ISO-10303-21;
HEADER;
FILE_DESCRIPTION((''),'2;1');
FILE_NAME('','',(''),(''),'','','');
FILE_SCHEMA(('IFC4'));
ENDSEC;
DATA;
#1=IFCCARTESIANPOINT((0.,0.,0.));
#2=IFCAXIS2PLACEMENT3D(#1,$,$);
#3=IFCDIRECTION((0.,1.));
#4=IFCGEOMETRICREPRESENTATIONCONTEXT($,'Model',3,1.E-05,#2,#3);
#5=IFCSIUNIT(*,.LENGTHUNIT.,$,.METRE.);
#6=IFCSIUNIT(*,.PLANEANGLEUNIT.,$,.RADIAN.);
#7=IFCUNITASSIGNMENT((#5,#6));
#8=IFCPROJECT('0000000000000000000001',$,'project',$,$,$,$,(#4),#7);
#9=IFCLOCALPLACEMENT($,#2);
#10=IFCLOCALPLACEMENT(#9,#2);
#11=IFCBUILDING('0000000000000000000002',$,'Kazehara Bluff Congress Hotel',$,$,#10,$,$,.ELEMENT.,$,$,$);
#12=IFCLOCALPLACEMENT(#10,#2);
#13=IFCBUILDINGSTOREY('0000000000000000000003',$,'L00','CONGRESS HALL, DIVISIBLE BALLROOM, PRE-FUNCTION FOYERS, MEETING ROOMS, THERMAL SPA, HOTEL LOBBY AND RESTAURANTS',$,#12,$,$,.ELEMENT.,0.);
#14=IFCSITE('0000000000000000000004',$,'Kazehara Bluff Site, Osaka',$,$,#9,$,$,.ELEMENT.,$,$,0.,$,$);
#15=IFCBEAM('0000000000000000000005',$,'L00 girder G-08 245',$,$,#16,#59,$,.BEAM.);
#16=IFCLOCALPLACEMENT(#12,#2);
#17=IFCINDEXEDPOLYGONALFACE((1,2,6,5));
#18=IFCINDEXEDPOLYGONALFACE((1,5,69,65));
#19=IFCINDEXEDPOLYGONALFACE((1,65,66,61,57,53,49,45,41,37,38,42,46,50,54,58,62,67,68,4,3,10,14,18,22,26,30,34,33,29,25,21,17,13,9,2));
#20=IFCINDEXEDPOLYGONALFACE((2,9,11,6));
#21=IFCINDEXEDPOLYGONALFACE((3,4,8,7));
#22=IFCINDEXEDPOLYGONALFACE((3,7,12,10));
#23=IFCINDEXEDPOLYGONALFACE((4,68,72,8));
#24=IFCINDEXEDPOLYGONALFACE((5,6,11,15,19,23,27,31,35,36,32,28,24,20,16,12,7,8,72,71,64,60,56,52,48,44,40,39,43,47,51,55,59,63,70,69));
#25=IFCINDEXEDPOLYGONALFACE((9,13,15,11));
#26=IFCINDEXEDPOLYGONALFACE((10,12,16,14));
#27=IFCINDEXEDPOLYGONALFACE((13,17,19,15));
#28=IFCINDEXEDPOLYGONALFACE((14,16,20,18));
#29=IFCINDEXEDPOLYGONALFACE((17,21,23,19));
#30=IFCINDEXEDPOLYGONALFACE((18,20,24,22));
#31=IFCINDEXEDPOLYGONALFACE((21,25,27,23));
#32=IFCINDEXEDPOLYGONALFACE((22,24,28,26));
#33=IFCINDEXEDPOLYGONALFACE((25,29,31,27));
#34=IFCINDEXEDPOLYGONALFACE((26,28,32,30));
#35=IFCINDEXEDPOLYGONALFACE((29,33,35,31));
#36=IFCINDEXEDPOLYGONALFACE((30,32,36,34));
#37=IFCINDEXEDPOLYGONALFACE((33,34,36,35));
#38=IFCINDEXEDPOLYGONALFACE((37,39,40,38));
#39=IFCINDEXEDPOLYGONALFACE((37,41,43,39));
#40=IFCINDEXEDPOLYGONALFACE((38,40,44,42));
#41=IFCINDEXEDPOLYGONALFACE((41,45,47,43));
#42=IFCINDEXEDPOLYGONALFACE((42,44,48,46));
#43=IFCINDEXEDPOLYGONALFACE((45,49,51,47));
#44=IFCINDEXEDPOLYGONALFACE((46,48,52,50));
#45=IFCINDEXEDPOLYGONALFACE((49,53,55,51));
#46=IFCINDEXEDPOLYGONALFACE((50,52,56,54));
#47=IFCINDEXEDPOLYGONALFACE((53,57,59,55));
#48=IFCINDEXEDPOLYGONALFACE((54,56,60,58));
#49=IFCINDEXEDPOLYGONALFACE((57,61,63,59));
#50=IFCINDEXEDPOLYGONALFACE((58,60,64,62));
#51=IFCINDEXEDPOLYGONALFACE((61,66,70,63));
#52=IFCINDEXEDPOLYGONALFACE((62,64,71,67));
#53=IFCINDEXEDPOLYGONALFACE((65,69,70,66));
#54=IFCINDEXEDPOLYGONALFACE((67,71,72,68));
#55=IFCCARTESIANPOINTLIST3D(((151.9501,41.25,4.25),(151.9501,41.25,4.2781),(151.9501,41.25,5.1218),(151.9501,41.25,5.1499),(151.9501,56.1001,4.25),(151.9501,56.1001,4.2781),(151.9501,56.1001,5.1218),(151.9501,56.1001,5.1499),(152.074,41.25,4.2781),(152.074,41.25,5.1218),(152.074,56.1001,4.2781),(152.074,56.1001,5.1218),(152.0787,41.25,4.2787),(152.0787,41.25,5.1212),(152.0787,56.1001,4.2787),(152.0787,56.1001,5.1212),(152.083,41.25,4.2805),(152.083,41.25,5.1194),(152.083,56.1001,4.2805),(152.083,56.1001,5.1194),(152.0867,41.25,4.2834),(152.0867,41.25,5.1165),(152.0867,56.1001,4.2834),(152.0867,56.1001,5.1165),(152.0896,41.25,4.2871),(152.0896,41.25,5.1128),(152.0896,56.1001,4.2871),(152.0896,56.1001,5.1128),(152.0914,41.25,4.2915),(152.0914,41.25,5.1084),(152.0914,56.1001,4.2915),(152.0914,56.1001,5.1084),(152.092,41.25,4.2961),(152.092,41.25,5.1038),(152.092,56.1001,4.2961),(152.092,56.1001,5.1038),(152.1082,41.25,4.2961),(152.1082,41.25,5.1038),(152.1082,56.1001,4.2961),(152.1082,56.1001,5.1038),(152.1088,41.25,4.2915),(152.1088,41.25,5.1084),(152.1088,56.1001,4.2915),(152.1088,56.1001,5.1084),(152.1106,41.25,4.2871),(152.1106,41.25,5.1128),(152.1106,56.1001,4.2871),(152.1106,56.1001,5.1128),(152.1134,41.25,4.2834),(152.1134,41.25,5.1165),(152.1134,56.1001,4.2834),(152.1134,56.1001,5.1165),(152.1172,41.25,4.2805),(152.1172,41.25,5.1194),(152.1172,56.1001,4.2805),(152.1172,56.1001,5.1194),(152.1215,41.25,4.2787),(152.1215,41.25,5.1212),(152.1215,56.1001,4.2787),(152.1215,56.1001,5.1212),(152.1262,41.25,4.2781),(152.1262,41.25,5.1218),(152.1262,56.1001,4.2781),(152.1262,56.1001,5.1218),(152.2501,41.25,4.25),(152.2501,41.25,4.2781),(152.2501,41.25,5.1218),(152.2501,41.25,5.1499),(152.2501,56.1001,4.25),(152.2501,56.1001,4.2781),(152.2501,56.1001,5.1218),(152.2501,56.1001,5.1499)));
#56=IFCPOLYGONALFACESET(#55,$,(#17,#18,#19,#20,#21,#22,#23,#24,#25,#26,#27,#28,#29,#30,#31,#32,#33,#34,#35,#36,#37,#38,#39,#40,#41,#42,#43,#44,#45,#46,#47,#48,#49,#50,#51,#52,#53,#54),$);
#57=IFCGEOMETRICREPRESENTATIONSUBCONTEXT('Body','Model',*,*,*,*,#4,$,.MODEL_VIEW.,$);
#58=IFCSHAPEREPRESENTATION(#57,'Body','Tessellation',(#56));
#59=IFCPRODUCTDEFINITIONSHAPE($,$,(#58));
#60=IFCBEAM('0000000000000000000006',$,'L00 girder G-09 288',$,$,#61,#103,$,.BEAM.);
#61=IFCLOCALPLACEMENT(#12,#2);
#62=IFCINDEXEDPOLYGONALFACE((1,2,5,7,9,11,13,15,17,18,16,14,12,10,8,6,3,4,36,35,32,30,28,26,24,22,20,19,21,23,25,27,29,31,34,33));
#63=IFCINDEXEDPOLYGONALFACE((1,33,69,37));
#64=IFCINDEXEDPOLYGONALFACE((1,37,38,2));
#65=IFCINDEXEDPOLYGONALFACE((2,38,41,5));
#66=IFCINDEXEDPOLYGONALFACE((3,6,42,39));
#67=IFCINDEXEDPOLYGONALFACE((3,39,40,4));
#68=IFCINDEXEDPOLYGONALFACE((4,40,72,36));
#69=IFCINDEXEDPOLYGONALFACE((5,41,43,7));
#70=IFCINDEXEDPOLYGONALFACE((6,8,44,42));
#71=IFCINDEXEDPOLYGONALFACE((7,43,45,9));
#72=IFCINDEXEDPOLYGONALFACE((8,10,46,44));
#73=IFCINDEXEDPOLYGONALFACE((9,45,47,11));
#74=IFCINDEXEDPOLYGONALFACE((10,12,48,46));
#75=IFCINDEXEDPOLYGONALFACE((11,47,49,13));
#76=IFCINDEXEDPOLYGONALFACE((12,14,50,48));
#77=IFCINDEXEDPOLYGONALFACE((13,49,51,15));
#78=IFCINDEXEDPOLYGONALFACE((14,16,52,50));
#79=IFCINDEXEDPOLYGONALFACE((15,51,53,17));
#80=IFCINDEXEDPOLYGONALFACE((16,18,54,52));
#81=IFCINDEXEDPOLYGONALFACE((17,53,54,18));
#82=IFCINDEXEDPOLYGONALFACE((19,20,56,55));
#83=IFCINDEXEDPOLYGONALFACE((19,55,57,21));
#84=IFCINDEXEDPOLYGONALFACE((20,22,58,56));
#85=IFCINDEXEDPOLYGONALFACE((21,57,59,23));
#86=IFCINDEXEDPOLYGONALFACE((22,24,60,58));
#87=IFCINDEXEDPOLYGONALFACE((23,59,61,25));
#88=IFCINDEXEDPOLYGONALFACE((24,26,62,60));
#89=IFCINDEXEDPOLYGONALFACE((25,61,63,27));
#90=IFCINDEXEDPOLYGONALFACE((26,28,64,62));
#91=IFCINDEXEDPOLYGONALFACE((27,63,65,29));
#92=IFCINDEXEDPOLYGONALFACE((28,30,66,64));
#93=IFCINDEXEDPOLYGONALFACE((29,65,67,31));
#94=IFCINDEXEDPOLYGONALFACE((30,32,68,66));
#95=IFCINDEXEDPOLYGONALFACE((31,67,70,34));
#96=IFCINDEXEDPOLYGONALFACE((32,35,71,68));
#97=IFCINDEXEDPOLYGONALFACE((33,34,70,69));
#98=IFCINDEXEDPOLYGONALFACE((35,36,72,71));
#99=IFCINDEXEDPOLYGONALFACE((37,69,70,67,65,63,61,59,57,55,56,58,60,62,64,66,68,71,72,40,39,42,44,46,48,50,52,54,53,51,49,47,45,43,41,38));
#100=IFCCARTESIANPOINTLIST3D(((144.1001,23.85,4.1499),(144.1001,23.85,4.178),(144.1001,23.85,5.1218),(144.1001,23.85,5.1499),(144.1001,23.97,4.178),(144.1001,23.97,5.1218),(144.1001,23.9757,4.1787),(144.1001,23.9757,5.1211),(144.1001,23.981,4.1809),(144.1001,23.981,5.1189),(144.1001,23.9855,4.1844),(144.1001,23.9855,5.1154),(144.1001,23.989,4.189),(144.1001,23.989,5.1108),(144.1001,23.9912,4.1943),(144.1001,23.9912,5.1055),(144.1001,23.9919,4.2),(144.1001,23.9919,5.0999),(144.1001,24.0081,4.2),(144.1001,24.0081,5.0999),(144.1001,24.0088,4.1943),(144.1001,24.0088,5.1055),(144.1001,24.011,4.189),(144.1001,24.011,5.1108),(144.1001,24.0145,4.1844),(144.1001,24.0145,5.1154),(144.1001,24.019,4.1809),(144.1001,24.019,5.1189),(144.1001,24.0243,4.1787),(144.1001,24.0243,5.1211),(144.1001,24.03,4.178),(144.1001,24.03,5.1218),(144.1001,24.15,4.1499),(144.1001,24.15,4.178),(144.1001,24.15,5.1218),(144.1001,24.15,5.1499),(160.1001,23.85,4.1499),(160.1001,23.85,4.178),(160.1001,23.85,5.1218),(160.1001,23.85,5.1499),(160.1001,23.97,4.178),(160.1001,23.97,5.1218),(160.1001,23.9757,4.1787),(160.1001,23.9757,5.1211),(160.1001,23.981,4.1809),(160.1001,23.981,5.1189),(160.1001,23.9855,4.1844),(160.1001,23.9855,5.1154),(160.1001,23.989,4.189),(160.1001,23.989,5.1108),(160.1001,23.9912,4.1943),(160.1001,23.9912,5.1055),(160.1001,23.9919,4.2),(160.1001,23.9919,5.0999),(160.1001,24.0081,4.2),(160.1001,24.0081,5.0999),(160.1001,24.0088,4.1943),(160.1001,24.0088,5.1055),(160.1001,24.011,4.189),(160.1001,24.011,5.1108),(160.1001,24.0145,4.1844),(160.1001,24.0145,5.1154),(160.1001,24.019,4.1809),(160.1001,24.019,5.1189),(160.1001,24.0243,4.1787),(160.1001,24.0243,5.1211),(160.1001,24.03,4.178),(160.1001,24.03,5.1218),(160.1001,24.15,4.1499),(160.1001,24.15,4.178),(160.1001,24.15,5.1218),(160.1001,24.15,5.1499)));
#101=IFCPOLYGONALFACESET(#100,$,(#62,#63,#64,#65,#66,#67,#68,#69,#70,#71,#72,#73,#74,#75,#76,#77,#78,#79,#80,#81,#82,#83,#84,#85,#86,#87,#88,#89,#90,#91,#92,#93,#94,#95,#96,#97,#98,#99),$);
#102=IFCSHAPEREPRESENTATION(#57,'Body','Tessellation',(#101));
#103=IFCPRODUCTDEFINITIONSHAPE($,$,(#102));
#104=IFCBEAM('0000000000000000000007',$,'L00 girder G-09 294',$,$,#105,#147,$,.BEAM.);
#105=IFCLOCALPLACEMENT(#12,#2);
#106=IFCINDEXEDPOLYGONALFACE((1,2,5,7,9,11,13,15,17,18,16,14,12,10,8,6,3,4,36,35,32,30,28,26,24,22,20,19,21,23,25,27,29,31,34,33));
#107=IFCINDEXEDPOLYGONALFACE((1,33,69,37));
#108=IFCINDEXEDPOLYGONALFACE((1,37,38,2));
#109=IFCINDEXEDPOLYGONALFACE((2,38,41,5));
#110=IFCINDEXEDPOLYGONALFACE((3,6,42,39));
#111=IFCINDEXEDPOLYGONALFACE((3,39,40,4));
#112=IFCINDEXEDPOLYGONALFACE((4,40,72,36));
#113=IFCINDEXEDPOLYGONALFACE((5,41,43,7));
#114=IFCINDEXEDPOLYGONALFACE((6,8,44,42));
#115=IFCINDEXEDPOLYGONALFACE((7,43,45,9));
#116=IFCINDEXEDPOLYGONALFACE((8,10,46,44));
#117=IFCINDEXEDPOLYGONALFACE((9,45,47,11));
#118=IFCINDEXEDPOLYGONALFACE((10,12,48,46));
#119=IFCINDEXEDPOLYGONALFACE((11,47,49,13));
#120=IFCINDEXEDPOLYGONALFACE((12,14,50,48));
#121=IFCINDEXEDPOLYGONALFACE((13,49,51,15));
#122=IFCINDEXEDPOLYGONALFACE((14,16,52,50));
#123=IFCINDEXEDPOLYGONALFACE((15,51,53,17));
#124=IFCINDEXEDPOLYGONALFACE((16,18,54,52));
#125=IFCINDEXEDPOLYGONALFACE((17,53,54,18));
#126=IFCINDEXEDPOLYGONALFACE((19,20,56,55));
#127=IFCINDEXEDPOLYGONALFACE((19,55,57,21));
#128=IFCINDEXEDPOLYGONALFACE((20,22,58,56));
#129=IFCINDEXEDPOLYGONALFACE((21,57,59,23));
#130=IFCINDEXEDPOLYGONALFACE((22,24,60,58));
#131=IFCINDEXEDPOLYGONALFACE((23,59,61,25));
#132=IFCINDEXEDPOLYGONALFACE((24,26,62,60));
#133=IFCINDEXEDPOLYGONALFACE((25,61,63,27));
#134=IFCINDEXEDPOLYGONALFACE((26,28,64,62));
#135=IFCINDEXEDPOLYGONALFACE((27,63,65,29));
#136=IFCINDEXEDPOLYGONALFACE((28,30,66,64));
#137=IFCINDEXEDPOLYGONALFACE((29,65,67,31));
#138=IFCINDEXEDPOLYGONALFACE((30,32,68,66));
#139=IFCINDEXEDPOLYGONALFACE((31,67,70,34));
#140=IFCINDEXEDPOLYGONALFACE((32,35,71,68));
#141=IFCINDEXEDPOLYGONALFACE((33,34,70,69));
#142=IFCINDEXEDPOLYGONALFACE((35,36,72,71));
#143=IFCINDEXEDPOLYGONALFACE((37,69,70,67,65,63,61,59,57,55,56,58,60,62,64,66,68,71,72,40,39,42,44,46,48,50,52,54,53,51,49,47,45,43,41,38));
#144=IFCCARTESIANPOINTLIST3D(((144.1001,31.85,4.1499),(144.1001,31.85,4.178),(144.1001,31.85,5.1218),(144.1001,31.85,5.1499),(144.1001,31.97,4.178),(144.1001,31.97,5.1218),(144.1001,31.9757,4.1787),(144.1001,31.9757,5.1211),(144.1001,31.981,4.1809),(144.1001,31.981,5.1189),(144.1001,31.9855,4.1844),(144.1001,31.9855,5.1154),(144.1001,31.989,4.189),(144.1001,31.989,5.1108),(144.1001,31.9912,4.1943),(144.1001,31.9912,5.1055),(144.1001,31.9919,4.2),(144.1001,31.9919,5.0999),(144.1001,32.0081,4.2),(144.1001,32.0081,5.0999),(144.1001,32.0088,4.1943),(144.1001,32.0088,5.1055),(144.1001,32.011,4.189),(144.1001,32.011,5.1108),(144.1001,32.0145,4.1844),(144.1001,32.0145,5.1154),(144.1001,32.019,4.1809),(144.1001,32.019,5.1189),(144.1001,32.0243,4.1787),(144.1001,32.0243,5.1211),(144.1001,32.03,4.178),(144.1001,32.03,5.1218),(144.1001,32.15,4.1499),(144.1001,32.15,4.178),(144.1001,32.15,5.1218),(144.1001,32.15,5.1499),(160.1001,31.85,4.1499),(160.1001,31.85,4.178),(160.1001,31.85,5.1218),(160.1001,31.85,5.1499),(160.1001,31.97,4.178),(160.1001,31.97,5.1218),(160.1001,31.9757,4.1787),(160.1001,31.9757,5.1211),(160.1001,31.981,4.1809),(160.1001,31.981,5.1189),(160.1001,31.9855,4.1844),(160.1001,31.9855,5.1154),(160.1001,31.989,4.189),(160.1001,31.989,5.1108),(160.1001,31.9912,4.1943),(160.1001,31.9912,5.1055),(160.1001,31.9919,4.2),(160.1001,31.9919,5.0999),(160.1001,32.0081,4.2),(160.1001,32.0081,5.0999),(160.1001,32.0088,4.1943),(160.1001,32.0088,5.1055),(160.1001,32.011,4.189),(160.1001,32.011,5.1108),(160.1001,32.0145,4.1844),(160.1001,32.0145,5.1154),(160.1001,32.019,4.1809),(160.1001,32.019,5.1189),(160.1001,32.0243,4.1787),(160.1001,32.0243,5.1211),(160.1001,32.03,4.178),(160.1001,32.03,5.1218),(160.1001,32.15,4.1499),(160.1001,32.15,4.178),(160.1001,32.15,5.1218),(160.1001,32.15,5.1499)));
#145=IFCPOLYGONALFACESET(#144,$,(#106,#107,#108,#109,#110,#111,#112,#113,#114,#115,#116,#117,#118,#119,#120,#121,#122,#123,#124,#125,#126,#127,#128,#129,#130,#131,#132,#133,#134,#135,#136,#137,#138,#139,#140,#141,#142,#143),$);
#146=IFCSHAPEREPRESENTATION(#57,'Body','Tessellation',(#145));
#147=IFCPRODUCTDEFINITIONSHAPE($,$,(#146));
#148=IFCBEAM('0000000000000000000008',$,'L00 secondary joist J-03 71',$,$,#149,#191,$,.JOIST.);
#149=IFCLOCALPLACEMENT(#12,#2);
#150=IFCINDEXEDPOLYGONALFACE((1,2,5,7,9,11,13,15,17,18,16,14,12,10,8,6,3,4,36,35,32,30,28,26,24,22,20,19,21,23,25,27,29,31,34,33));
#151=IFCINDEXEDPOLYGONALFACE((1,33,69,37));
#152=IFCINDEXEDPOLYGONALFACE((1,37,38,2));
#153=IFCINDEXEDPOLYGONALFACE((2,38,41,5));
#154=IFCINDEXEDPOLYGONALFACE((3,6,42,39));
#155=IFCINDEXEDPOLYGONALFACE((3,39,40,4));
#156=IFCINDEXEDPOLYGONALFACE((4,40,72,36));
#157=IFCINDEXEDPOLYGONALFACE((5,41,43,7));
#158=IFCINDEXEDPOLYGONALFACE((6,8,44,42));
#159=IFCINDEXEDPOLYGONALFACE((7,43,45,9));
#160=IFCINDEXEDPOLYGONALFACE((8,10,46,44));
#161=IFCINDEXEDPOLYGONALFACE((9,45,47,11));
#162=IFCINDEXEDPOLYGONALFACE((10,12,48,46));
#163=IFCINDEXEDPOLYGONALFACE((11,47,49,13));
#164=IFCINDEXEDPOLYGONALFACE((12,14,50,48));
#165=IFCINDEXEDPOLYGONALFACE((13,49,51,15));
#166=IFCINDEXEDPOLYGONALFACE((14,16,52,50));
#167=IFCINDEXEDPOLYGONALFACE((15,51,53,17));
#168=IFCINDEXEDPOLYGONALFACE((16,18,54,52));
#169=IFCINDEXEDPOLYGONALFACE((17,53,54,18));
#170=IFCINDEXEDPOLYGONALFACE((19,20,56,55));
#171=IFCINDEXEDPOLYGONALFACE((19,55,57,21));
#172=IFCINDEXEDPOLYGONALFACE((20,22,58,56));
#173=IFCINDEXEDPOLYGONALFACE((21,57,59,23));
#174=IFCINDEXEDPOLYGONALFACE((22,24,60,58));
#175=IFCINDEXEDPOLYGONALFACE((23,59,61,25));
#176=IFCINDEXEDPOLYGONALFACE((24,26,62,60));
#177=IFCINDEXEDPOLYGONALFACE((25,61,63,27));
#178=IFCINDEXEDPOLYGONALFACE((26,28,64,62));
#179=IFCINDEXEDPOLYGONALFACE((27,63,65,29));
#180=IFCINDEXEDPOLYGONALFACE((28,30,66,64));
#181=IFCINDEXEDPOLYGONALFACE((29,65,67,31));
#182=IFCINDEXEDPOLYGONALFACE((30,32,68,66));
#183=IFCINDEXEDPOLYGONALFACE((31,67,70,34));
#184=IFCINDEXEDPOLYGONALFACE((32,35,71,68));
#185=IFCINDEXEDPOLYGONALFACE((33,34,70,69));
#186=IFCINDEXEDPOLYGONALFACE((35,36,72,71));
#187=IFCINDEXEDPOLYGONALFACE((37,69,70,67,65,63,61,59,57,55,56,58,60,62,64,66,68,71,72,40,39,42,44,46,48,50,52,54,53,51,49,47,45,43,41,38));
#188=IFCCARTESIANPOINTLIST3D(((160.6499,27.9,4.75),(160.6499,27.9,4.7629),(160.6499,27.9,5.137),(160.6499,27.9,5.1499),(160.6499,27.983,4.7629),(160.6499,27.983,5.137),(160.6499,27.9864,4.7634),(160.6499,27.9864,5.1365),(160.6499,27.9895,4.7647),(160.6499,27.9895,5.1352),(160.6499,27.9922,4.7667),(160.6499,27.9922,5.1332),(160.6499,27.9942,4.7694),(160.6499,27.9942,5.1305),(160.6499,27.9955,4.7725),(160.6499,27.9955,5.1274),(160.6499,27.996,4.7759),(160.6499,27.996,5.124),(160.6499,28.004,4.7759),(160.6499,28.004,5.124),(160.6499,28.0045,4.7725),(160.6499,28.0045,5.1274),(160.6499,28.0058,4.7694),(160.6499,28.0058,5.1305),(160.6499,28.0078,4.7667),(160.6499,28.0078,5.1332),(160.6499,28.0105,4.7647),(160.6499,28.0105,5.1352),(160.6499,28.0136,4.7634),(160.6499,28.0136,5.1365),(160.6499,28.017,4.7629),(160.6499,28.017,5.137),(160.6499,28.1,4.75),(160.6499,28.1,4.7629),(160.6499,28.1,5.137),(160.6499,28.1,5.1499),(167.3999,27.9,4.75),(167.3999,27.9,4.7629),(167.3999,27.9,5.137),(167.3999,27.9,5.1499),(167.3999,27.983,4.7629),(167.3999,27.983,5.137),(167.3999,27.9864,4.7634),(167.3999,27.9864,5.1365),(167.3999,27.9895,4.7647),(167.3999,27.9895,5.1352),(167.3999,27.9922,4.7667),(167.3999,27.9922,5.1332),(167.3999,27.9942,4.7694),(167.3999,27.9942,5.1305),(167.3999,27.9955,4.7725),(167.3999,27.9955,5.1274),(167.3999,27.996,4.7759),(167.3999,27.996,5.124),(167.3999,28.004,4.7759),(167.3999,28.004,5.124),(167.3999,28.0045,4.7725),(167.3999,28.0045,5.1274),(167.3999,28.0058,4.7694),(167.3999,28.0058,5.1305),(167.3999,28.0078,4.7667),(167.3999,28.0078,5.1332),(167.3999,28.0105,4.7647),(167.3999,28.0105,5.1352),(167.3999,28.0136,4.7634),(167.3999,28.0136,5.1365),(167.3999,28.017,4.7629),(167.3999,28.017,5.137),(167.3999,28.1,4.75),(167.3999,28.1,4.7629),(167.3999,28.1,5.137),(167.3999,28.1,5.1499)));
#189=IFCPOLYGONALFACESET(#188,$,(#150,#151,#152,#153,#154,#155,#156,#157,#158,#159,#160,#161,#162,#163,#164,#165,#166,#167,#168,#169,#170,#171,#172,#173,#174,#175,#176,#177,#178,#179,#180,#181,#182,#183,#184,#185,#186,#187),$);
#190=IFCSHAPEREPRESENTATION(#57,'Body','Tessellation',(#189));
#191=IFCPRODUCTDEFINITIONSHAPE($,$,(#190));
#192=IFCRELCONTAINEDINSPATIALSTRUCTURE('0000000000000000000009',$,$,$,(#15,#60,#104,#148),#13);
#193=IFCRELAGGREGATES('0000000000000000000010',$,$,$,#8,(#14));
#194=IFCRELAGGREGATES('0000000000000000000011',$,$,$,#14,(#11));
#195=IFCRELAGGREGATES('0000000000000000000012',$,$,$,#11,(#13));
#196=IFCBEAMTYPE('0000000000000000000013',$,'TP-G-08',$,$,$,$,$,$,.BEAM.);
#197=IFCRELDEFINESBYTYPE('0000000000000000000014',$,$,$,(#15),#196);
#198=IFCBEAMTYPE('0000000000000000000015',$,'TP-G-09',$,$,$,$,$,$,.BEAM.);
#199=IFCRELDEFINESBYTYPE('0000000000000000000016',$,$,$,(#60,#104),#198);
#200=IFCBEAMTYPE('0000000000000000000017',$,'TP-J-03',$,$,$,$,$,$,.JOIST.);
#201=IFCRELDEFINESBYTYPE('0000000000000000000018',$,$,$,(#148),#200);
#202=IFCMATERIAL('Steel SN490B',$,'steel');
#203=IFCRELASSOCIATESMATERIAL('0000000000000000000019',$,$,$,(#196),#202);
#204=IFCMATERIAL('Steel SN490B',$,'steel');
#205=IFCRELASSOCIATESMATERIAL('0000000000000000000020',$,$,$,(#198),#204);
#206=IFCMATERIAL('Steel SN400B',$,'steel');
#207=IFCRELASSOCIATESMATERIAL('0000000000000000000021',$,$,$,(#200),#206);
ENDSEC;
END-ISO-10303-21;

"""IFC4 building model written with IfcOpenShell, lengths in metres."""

from ifc_helpers import new_model, si_unit, direction, frame, origin, origin_2d, place, context, subcontext, project, spatial, i_section, extrude, material, material_profile, profile_set, type_object, element, save


model = new_model("IFC4")

# Units and contexts
model_context = context("Model", 3, precision=1e-05, world=origin(), true_north=direction((0.0, 1.0)))
body_context = subcontext(model_context, "Body", "Model", "MODEL_VIEW")
ifc_project = project(units=[si_unit("LENGTHUNIT", "METRE"), si_unit("PLANEANGLEUNIT", "RADIAN")], contexts=[model_context])

# Site, building, storey
site_placement = place(None, origin())
site = spatial("IfcSite", under=ifc_project, at=site_placement, Name="Kazehara Bluff Site, Osaka", CompositionType="ELEMENT", RefElevation=0.0)
building_placement = place(site_placement, origin())
building = spatial("IfcBuilding", under=site, at=building_placement, Name="Kazehara Bluff Congress Hotel", CompositionType="ELEMENT")
storey_placement = place(building_placement, origin())
storey = spatial("IfcBuildingStorey", under=building, at=storey_placement, Name="L00", Description="CONGRESS HALL, DIVISIBLE BALLROOM, PRE-FUNCTION FOYERS, MEETING ROOMS, THERMAL SPA, HOTEL LOBBY AND RESTAURANTS", CompositionType="ELEMENT", Elevation=0.0)

# Beams
ifc_material_1 = material(Name="Steel SN490B", Category="steel")
ifc_material_profile_1 = material_profile(ifc_material_1, i_section(OverallWidth=0.3, OverallDepth=0.8999, WebThickness=0.0161, FlangeThickness=0.0281, FilletRadius=0.0181, at=origin_2d()))
ifc_profile_set_1 = profile_set([ifc_material_profile_1], Name="Steel SN490B")
beam_type_1 = type_object("IfcBeamType", Name="TP-G-08", PredefinedType="BEAM", material=ifc_profile_set_1)
beam_1_placement = place(storey_placement, frame((152.1001, 41.25, 4.7), z_axis=(0.0, 1.0, 0.0), x_axis=(-1.0, 0.0, 0.0)))
element("IfcBeam", 1, at=beam_1_placement, inside=storey, type_object=beam_type_1, Name="L00 girder G-08 245", PredefinedType="BEAM", context=body_context, shape_type="SweptSolid", body=[
    extrude(i_section(OverallWidth=0.3, OverallDepth=0.8999, WebThickness=0.0161, FlangeThickness=0.0281, FilletRadius=0.0181, at=origin_2d()), origin(), (0.0, 0.0, 1.0), 14.8501),
])
ifc_material_2 = material(Name="Steel SN490B", Category="steel")
ifc_material_profile_2 = material_profile(ifc_material_2, i_section(OverallWidth=0.3, OverallDepth=1.0, WebThickness=0.0161, FlangeThickness=0.0281, FilletRadius=0.022, at=origin_2d()))
ifc_profile_set_2 = profile_set([ifc_material_profile_2], Name="Steel SN490B")
beam_type_2 = type_object("IfcBeamType", Name="TP-G-09", PredefinedType="BEAM", material=ifc_profile_set_2)
for number, where, z_axis, x_axis, name in (
    (2, (144.1001, 24.0, 4.6499), (1.0, 0.0, 0.0), (0.0, 1.0, 0.0), "L00 girder G-09 288"),
    (3, (144.1001, 32.0, 4.6499), (1.0, 0.0, 0.0), (0.0, 1.0, 0.0), "L00 girder G-09 294"),
):
    element("IfcBeam", number, at=place(storey_placement, frame(where, z_axis=z_axis, x_axis=x_axis)), inside=storey, type_object=beam_type_2, Name=name, PredefinedType="BEAM", context=body_context, shape_type="SweptSolid", body=[
        extrude(i_section(OverallWidth=0.3, OverallDepth=1.0, WebThickness=0.0161, FlangeThickness=0.0281, FilletRadius=0.022, at=origin_2d()), origin(), (0.0, 0.0, 1.0), 16.0),
    ])
ifc_material_3 = material(Name="Steel SN400B", Category="steel")
ifc_material_profile_3 = material_profile(ifc_material_3, i_section(OverallWidth=0.2, OverallDepth=0.3999, WebThickness=0.0081, FlangeThickness=0.0129, FilletRadius=0.0129, at=origin_2d()))
ifc_profile_set_3 = profile_set([ifc_material_profile_3], Name="Steel SN400B")
beam_type_3 = type_object("IfcBeamType", Name="TP-J-03", PredefinedType="JOIST", material=ifc_profile_set_3)
for number, where, z_axis, x_axis, name in (
    (4, (160.6499, 28.0, 4.95), (1.0, 0.0, 0.0), (0.0, 1.0, 0.0), "L00 secondary joist J-03 71"),
):
    element("IfcBeam", number, at=place(storey_placement, frame(where, z_axis=z_axis, x_axis=x_axis)), inside=storey, type_object=beam_type_3, Name=name, PredefinedType="JOIST", context=body_context, shape_type="SweptSolid", body=[
        extrude(i_section(OverallWidth=0.2, OverallDepth=0.3999, WebThickness=0.0081, FlangeThickness=0.0129, FilletRadius=0.0129, at=origin_2d()), origin(), (0.0, 0.0, 1.0), 6.75),
    ])

save(model, "model.ifc")
